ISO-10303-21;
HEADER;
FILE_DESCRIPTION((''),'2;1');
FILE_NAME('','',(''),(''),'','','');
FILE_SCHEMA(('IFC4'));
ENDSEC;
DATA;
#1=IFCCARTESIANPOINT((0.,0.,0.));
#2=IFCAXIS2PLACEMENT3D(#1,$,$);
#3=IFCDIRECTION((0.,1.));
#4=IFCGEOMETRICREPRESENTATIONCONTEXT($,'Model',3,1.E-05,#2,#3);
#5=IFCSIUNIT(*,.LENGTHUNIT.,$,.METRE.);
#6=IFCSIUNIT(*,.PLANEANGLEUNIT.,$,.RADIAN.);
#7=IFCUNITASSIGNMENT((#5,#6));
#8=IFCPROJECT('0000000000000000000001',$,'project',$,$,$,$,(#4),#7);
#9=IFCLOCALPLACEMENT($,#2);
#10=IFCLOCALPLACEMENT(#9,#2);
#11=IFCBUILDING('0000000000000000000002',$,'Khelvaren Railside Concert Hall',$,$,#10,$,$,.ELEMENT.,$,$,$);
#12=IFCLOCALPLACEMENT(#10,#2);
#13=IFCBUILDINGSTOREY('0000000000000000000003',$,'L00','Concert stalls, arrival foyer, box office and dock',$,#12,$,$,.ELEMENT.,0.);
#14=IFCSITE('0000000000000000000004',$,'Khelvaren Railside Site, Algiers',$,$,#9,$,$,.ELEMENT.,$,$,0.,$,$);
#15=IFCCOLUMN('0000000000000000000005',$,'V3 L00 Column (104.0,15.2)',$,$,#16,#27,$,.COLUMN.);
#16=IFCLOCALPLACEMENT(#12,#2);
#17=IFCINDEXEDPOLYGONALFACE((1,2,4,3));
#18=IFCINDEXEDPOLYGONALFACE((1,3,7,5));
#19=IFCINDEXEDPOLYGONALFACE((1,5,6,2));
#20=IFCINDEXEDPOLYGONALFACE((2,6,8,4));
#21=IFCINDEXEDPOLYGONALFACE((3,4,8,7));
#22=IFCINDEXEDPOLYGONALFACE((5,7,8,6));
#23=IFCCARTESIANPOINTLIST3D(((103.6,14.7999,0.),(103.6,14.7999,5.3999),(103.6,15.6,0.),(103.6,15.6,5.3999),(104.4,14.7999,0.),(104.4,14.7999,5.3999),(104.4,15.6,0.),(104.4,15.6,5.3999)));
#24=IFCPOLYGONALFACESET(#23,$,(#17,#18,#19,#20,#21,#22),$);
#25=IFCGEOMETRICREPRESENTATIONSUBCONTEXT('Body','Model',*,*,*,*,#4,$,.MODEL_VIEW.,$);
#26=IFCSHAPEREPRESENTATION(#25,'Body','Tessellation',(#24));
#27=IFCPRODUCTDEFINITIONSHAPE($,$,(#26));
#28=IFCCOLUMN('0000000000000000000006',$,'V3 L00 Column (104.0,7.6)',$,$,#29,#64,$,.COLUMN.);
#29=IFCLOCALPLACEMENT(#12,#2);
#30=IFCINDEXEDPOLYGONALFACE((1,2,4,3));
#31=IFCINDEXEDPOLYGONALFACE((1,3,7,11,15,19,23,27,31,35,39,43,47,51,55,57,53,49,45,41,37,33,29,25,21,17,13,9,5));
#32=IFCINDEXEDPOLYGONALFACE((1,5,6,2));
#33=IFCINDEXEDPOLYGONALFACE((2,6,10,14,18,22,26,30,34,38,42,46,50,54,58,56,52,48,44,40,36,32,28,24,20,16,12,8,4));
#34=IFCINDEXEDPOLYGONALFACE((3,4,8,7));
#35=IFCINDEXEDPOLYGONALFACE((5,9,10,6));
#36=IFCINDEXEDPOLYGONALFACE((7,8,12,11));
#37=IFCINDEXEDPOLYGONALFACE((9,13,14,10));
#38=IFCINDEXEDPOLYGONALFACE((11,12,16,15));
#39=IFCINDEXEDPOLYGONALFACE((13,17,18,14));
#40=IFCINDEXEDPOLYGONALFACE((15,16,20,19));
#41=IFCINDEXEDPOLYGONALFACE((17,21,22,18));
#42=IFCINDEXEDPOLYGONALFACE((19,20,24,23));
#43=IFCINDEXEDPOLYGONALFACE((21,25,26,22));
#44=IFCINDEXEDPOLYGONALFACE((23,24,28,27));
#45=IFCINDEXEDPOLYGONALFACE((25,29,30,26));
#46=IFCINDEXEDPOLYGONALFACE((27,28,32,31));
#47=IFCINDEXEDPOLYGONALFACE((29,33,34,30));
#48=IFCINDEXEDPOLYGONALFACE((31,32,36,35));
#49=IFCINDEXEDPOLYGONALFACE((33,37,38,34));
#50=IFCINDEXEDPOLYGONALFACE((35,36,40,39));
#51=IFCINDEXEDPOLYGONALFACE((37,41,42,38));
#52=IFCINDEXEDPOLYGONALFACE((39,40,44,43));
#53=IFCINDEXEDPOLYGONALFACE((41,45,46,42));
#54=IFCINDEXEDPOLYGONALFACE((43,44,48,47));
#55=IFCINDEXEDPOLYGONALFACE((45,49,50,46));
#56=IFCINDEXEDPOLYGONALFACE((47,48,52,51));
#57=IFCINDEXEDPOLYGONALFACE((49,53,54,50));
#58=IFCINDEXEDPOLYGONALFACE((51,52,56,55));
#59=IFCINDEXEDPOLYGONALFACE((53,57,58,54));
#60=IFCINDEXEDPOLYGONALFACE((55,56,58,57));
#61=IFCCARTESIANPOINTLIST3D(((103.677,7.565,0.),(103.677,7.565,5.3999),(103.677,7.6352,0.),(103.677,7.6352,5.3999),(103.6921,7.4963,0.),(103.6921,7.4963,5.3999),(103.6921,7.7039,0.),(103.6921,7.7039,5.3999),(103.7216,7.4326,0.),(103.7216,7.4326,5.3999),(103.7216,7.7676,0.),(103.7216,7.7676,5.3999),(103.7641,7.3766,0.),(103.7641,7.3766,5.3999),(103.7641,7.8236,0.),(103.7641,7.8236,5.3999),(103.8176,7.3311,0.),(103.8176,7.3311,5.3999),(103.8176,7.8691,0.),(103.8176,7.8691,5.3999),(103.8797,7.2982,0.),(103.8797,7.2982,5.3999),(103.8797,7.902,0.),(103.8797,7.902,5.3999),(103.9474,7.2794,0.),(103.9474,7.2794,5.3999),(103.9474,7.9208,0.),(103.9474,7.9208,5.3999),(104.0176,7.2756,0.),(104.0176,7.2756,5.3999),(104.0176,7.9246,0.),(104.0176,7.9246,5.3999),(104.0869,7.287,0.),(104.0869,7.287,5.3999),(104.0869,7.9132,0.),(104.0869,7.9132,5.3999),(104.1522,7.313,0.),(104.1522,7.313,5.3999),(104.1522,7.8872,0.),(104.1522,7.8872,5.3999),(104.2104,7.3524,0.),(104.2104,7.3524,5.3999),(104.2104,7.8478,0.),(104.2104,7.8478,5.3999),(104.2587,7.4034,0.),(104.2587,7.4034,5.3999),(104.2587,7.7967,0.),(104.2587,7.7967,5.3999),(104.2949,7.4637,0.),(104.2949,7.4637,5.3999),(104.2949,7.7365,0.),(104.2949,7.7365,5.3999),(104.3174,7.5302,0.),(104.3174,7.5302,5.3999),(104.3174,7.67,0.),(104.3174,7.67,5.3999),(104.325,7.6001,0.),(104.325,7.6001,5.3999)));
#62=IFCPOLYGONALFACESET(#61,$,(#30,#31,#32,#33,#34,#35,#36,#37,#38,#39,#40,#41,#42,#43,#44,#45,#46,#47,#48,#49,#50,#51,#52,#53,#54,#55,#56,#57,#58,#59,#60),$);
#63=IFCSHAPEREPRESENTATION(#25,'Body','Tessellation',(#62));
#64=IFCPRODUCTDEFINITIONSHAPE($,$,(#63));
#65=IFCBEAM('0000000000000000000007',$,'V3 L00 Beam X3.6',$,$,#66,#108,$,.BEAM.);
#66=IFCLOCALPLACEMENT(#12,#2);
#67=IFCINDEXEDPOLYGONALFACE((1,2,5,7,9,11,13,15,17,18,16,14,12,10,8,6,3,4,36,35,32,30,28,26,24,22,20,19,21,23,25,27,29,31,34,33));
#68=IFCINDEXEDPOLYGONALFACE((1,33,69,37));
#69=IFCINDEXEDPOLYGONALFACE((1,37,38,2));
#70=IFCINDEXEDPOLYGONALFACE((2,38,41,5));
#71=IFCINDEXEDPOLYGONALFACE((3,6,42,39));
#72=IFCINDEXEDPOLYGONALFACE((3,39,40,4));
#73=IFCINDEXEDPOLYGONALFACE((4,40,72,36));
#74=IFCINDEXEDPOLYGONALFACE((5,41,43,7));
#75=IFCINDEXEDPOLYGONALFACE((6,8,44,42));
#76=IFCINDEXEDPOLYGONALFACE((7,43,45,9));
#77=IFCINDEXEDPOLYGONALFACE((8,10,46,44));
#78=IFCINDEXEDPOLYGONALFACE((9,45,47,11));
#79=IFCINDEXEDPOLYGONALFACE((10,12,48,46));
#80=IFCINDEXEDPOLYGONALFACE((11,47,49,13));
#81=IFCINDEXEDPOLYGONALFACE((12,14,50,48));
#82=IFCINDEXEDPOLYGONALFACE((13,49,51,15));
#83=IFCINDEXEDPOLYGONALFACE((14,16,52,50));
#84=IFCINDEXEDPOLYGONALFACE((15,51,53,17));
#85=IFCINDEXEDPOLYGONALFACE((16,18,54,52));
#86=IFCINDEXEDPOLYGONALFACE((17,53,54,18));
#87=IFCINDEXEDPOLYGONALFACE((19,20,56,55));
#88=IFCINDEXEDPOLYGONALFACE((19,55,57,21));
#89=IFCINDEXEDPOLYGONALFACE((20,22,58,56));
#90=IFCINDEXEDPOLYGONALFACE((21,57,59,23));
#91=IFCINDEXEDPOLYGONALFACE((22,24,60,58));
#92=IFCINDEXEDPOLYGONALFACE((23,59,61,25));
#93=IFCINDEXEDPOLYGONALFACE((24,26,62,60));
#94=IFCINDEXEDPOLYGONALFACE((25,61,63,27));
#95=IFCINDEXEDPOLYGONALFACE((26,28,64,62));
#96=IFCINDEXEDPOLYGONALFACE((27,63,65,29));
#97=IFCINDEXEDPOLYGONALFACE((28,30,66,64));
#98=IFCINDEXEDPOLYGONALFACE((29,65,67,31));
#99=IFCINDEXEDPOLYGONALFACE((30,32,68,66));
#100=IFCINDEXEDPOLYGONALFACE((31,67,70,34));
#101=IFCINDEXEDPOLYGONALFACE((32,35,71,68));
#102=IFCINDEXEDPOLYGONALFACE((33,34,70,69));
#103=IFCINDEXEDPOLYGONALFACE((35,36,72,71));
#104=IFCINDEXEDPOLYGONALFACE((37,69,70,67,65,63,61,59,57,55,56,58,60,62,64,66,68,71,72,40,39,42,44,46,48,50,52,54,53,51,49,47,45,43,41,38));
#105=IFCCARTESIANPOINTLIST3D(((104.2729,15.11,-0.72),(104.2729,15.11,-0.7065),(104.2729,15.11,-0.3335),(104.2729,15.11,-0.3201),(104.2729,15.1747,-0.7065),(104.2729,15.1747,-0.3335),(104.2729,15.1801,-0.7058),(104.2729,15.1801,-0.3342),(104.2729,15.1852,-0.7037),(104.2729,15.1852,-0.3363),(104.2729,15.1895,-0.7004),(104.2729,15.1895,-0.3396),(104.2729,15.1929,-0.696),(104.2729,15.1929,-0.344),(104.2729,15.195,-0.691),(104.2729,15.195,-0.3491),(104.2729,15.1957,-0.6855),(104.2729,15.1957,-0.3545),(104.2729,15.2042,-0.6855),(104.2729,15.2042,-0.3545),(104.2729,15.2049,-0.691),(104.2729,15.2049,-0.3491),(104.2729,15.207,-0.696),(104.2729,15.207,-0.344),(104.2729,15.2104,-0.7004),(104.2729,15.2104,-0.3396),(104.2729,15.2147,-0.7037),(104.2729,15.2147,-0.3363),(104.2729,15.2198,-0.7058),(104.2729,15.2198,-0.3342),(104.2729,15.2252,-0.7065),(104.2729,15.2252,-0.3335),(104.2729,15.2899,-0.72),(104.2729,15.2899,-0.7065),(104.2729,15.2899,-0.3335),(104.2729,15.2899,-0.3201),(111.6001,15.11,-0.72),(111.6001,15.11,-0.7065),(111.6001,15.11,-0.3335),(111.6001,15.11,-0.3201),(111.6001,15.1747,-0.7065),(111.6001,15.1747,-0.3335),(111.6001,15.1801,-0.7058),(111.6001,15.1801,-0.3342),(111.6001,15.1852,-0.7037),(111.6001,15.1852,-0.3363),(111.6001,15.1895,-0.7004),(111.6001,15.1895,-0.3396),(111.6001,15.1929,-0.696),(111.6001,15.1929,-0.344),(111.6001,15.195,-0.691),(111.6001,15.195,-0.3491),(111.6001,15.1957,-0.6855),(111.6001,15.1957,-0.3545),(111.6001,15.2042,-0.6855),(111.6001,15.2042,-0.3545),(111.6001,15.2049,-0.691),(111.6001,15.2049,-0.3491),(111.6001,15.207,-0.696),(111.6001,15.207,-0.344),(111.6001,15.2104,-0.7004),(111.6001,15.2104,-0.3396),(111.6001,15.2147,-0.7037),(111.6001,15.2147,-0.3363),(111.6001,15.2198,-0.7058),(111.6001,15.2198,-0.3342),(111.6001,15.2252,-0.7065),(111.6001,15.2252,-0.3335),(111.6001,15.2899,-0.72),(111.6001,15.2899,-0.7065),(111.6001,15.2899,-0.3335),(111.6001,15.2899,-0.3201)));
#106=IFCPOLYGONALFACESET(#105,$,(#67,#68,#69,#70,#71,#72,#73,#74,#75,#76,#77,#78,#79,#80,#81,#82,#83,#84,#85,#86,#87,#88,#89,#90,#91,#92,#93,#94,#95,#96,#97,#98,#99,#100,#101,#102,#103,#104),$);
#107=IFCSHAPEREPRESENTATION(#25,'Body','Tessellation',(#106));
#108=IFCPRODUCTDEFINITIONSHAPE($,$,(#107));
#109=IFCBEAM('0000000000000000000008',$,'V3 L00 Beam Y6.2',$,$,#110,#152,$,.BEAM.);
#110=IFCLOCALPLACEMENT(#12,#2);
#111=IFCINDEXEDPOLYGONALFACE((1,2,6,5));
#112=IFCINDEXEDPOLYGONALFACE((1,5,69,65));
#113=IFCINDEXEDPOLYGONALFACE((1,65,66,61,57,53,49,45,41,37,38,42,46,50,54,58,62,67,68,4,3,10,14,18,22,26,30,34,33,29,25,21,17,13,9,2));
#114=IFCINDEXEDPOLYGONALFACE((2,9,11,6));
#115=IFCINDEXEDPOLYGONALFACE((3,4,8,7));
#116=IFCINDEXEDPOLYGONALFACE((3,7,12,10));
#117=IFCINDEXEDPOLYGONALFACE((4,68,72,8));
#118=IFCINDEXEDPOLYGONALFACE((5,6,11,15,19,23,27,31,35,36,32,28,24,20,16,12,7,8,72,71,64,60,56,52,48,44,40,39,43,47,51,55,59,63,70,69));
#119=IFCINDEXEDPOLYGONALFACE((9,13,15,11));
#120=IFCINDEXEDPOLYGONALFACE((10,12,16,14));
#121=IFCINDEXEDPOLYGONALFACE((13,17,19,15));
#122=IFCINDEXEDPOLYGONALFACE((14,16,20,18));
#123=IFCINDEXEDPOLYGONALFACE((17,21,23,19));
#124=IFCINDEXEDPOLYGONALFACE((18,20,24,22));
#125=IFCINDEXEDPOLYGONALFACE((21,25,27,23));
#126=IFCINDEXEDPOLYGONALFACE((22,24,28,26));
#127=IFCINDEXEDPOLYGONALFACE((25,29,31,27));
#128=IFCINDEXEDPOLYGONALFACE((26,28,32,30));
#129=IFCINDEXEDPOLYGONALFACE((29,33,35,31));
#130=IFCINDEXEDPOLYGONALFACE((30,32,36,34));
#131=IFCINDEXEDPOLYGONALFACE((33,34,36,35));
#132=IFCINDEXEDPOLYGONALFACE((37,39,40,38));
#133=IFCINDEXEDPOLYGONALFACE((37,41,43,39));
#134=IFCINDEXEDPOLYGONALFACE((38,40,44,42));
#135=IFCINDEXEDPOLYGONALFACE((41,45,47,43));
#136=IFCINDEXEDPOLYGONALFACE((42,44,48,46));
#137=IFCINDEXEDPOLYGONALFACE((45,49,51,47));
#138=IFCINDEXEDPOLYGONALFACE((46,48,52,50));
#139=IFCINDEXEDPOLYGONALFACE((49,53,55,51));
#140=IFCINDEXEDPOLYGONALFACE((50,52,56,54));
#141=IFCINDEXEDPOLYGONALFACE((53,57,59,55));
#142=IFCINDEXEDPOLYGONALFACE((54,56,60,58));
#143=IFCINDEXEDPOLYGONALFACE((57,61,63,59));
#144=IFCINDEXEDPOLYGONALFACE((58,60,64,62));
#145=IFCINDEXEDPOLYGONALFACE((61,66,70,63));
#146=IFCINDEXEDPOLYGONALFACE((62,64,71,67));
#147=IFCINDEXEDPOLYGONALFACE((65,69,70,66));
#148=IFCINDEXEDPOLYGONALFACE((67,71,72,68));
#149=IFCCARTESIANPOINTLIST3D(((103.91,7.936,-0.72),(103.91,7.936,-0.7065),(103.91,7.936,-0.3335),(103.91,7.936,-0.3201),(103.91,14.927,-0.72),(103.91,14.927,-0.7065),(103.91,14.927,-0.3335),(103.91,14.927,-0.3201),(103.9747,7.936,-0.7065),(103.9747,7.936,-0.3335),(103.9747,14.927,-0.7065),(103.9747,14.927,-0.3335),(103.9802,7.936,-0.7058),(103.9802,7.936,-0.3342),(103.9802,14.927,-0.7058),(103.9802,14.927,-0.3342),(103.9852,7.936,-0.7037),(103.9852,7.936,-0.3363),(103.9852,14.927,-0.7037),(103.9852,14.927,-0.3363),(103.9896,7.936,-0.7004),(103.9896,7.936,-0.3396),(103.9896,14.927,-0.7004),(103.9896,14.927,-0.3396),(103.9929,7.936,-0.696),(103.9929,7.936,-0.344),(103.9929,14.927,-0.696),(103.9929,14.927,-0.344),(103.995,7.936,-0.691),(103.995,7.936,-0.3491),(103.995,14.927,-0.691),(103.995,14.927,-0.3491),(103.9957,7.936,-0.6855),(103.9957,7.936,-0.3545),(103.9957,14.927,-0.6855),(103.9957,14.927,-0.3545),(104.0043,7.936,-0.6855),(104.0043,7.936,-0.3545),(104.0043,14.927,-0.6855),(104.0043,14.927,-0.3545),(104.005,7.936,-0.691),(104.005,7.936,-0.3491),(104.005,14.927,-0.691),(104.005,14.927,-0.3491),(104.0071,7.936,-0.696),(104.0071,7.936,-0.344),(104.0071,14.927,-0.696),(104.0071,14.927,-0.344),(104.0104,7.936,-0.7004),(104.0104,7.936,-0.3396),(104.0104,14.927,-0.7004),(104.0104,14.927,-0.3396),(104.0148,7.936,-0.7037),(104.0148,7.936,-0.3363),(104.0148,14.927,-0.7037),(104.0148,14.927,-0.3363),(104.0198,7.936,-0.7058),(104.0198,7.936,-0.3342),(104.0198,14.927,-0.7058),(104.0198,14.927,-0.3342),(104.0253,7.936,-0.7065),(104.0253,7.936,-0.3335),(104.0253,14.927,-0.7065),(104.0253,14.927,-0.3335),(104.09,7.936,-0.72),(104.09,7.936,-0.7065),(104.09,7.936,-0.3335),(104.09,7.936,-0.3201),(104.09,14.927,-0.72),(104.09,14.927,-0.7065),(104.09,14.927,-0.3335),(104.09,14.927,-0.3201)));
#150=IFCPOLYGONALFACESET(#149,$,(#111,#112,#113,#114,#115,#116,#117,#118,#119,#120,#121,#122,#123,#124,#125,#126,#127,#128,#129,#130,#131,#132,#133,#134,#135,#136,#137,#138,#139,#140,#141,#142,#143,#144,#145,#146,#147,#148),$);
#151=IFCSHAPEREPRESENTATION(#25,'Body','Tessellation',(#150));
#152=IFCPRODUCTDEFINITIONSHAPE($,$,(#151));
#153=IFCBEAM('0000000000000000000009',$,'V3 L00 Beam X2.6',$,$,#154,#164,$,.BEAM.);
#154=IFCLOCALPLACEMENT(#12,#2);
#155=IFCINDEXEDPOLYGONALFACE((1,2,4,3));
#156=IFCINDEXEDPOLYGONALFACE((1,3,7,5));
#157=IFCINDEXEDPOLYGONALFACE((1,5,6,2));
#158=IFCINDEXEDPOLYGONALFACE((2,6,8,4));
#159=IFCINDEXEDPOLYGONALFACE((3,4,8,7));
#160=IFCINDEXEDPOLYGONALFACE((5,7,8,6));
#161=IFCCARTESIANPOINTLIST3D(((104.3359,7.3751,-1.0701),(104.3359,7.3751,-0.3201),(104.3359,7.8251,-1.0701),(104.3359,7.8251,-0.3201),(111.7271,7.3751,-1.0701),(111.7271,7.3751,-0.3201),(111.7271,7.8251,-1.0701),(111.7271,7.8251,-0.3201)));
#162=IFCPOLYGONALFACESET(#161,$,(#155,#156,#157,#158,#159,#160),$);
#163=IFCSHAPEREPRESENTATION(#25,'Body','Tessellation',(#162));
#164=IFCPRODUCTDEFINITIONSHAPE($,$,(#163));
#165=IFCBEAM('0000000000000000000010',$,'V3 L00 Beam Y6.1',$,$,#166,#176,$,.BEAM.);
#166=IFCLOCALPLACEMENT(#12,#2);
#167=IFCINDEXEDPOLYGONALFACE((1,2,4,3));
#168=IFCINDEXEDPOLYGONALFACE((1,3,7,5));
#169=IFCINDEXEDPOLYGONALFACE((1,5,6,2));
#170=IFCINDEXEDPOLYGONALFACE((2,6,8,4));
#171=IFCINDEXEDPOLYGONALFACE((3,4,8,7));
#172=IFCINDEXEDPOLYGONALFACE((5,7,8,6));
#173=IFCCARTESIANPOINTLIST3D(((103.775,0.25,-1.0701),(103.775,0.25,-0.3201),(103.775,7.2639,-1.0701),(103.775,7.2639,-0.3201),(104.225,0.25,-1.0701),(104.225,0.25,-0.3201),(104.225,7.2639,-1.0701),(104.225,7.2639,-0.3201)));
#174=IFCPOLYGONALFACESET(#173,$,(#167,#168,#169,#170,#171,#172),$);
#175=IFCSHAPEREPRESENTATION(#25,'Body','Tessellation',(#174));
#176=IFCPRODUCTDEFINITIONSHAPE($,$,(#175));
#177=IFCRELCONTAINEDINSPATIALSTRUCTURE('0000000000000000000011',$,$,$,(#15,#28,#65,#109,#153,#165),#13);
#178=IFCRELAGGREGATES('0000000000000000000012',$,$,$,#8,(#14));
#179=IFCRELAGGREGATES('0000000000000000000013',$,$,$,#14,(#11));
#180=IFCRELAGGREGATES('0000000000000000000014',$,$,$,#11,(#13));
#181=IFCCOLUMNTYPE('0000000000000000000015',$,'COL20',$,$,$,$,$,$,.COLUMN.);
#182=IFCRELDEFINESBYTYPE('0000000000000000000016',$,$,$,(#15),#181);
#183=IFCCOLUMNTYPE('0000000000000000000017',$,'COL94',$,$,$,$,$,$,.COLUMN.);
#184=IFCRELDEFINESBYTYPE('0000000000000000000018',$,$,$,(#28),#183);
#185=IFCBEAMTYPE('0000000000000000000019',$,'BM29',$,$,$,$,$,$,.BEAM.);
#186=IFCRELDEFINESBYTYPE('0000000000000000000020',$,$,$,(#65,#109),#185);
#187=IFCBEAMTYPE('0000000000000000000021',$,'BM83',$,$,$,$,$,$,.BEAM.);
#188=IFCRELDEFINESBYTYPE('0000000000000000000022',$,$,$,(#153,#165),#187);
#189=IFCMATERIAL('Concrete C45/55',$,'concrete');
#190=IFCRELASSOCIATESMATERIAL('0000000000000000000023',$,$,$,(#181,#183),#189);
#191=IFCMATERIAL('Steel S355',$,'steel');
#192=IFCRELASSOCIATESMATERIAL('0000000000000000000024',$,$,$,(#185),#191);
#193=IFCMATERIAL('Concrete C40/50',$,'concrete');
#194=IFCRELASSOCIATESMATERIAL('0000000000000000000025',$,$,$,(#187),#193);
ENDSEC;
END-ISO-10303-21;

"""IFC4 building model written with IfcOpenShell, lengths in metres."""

from ifc_helpers import new_model, si_unit, direction, frame, origin, origin_2d, place, context, subcontext, project, spatial, rectangle, circle, i_section, extrude, material, material_profile, profile_set, type_object, element, save


model = new_model("IFC4")

# Units and contexts
model_context = context("Model", 3, precision=1e-05, world=origin(), true_north=direction((0.0, 1.0)))
body_context = subcontext(model_context, "Body", "Model", "MODEL_VIEW")
ifc_project = project(units=[si_unit("LENGTHUNIT", "METRE"), si_unit("PLANEANGLEUNIT", "RADIAN")], contexts=[model_context])

# Site, building, storey
site_placement = place(None, origin())
site = spatial("IfcSite", under=ifc_project, at=site_placement, Name="Khelvaren Railside Site, Algiers", CompositionType="ELEMENT", RefElevation=0.0)
building_placement = place(site_placement, origin())
building = spatial("IfcBuilding", under=site, at=building_placement, Name="Khelvaren Railside Concert Hall", CompositionType="ELEMENT")
storey_placement = place(building_placement, origin())
storey = spatial("IfcBuildingStorey", under=building, at=storey_placement, Name="L00", Description="Concert stalls, arrival foyer, box office and dock", CompositionType="ELEMENT", Elevation=0.0)

# Columns
ifc_material_1 = material(Name="Concrete C45/55", Category="concrete")
ifc_material_profile_1 = material_profile(ifc_material_1, rectangle(XDim=0.8, YDim=0.8, at=origin_2d()), Name="RC 800x800")
ifc_profile_set_1 = profile_set([ifc_material_profile_1], Name="Concrete C45/55")
column_type_1 = type_object("IfcColumnType", Name="COL20", PredefinedType="COLUMN", material=ifc_profile_set_1)
column_1_placement = place(storey_placement, frame((104.0, 15.2, 0.0), z_axis=(0.0, 0.0, 1.0), x_axis=(1.0, 0.0, 0.0)))
element("IfcColumn", 1, at=column_1_placement, inside=storey, type_object=column_type_1, Name="V3 L00 Column (104.0,15.2)", PredefinedType="COLUMN", context=body_context, shape_type="SweptSolid", body=[
    extrude(rectangle(XDim=0.8, YDim=0.8, at=origin_2d()), origin(), (0.0, 0.0, 1.0), 5.3999),
])
ifc_material_profile_2 = material_profile(ifc_material_1, circle(Radius=0.325, at=origin_2d()), Name="RC D650")
ifc_profile_set_2 = profile_set([ifc_material_profile_2], Name="Concrete C45/55")
column_type_2 = type_object("IfcColumnType", Name="COL94", PredefinedType="COLUMN", material=ifc_profile_set_2)
column_2_placement = place(storey_placement, frame((104.0, 7.6001, 0.0), z_axis=(0.0, 0.0, 1.0), x_axis=(1.0, 0.0, 0.0)))
element("IfcColumn", 2, at=column_2_placement, inside=storey, type_object=column_type_2, Name="V3 L00 Column (104.0,7.6)", PredefinedType="COLUMN", context=body_context, shape_type="SweptSolid", body=[
    extrude(circle(Radius=0.325, at=origin_2d()), origin(), (0.0, 0.0, 1.0), 5.3999),
])

# Beams
ifc_material_2 = material(Name="Steel S355", Category="steel")
ifc_material_profile_3 = material_profile(ifc_material_2, i_section(OverallWidth=0.1799, OverallDepth=0.3999, WebThickness=0.0085, FlangeThickness=0.0134, FilletRadius=0.021, at=origin_2d()), Name="IPE 400")
ifc_profile_set_3 = profile_set([ifc_material_profile_3], Name="Steel S355")
beam_type_1 = type_object("IfcBeamType", Name="BM29", PredefinedType="BEAM", material=ifc_profile_set_3)
beam_1_placement = place(storey_placement, frame((104.2729, 15.2, -0.52), z_axis=(1.0, 0.0, 0.0), x_axis=(0.0, 1.0, 0.0)))
element("IfcBeam", 3, at=beam_1_placement, inside=storey, type_object=beam_type_1, Name="V3 L00 Beam X3.6", PredefinedType="BEAM", context=body_context, shape_type="SweptSolid", body=[
    extrude(i_section(OverallWidth=0.1799, OverallDepth=0.3999, WebThickness=0.0085, FlangeThickness=0.0134, FilletRadius=0.021, at=origin_2d()), origin(), (0.0, 0.0, 1.0), 7.3271),
])
beam_2_placement = place(storey_placement, frame((104.0, 7.936, -0.52), z_axis=(0.0, 1.0, 0.0), x_axis=(-1.0, 0.0, 0.0)))
element("IfcBeam", 4, at=beam_2_placement, inside=storey, type_object=beam_type_1, Name="V3 L00 Beam Y6.2", PredefinedType="BEAM", context=body_context, shape_type="SweptSolid", body=[
    extrude(i_section(OverallWidth=0.1799, OverallDepth=0.3999, WebThickness=0.0085, FlangeThickness=0.0134, FilletRadius=0.021, at=origin_2d()), origin(), (0.0, 0.0, 1.0), 6.991),
])
ifc_material_3 = material(Name="Concrete C40/50", Category="concrete")
ifc_material_profile_4 = material_profile(ifc_material_3, rectangle(XDim=0.45, YDim=0.75, at=origin_2d()), Name="RCB 450x750")
ifc_profile_set_4 = profile_set([ifc_material_profile_4], Name="Concrete C40/50")
beam_type_2 = type_object("IfcBeamType", Name="BM83", PredefinedType="BEAM", material=ifc_profile_set_4)
beam_3_placement = place(storey_placement, frame((104.3359, 7.6001, -0.6951), z_axis=(1.0, 0.0, 0.0), x_axis=(0.0, 1.0, 0.0)))
element("IfcBeam", 5, at=beam_3_placement, inside=storey, type_object=beam_type_2, Name="V3 L00 Beam X2.6", PredefinedType="BEAM", context=body_context, shape_type="SweptSolid", body=[
    extrude(rectangle(XDim=0.45, YDim=0.75, at=origin_2d()), origin(), (0.0, 0.0, 1.0), 7.3911),
])
beam_4_placement = place(storey_placement, frame((104.0, 0.25, -0.6951), z_axis=(0.0, 1.0, 0.0), x_axis=(-1.0, 0.0, 0.0)))
element("IfcBeam", 6, at=beam_4_placement, inside=storey, type_object=beam_type_2, Name="V3 L00 Beam Y6.1", PredefinedType="BEAM", context=body_context, shape_type="SweptSolid", body=[
    extrude(rectangle(XDim=0.45, YDim=0.75, at=origin_2d()), origin(), (0.0, 0.0, 1.0), 7.0139),
])

save(model, "model.ifc")
